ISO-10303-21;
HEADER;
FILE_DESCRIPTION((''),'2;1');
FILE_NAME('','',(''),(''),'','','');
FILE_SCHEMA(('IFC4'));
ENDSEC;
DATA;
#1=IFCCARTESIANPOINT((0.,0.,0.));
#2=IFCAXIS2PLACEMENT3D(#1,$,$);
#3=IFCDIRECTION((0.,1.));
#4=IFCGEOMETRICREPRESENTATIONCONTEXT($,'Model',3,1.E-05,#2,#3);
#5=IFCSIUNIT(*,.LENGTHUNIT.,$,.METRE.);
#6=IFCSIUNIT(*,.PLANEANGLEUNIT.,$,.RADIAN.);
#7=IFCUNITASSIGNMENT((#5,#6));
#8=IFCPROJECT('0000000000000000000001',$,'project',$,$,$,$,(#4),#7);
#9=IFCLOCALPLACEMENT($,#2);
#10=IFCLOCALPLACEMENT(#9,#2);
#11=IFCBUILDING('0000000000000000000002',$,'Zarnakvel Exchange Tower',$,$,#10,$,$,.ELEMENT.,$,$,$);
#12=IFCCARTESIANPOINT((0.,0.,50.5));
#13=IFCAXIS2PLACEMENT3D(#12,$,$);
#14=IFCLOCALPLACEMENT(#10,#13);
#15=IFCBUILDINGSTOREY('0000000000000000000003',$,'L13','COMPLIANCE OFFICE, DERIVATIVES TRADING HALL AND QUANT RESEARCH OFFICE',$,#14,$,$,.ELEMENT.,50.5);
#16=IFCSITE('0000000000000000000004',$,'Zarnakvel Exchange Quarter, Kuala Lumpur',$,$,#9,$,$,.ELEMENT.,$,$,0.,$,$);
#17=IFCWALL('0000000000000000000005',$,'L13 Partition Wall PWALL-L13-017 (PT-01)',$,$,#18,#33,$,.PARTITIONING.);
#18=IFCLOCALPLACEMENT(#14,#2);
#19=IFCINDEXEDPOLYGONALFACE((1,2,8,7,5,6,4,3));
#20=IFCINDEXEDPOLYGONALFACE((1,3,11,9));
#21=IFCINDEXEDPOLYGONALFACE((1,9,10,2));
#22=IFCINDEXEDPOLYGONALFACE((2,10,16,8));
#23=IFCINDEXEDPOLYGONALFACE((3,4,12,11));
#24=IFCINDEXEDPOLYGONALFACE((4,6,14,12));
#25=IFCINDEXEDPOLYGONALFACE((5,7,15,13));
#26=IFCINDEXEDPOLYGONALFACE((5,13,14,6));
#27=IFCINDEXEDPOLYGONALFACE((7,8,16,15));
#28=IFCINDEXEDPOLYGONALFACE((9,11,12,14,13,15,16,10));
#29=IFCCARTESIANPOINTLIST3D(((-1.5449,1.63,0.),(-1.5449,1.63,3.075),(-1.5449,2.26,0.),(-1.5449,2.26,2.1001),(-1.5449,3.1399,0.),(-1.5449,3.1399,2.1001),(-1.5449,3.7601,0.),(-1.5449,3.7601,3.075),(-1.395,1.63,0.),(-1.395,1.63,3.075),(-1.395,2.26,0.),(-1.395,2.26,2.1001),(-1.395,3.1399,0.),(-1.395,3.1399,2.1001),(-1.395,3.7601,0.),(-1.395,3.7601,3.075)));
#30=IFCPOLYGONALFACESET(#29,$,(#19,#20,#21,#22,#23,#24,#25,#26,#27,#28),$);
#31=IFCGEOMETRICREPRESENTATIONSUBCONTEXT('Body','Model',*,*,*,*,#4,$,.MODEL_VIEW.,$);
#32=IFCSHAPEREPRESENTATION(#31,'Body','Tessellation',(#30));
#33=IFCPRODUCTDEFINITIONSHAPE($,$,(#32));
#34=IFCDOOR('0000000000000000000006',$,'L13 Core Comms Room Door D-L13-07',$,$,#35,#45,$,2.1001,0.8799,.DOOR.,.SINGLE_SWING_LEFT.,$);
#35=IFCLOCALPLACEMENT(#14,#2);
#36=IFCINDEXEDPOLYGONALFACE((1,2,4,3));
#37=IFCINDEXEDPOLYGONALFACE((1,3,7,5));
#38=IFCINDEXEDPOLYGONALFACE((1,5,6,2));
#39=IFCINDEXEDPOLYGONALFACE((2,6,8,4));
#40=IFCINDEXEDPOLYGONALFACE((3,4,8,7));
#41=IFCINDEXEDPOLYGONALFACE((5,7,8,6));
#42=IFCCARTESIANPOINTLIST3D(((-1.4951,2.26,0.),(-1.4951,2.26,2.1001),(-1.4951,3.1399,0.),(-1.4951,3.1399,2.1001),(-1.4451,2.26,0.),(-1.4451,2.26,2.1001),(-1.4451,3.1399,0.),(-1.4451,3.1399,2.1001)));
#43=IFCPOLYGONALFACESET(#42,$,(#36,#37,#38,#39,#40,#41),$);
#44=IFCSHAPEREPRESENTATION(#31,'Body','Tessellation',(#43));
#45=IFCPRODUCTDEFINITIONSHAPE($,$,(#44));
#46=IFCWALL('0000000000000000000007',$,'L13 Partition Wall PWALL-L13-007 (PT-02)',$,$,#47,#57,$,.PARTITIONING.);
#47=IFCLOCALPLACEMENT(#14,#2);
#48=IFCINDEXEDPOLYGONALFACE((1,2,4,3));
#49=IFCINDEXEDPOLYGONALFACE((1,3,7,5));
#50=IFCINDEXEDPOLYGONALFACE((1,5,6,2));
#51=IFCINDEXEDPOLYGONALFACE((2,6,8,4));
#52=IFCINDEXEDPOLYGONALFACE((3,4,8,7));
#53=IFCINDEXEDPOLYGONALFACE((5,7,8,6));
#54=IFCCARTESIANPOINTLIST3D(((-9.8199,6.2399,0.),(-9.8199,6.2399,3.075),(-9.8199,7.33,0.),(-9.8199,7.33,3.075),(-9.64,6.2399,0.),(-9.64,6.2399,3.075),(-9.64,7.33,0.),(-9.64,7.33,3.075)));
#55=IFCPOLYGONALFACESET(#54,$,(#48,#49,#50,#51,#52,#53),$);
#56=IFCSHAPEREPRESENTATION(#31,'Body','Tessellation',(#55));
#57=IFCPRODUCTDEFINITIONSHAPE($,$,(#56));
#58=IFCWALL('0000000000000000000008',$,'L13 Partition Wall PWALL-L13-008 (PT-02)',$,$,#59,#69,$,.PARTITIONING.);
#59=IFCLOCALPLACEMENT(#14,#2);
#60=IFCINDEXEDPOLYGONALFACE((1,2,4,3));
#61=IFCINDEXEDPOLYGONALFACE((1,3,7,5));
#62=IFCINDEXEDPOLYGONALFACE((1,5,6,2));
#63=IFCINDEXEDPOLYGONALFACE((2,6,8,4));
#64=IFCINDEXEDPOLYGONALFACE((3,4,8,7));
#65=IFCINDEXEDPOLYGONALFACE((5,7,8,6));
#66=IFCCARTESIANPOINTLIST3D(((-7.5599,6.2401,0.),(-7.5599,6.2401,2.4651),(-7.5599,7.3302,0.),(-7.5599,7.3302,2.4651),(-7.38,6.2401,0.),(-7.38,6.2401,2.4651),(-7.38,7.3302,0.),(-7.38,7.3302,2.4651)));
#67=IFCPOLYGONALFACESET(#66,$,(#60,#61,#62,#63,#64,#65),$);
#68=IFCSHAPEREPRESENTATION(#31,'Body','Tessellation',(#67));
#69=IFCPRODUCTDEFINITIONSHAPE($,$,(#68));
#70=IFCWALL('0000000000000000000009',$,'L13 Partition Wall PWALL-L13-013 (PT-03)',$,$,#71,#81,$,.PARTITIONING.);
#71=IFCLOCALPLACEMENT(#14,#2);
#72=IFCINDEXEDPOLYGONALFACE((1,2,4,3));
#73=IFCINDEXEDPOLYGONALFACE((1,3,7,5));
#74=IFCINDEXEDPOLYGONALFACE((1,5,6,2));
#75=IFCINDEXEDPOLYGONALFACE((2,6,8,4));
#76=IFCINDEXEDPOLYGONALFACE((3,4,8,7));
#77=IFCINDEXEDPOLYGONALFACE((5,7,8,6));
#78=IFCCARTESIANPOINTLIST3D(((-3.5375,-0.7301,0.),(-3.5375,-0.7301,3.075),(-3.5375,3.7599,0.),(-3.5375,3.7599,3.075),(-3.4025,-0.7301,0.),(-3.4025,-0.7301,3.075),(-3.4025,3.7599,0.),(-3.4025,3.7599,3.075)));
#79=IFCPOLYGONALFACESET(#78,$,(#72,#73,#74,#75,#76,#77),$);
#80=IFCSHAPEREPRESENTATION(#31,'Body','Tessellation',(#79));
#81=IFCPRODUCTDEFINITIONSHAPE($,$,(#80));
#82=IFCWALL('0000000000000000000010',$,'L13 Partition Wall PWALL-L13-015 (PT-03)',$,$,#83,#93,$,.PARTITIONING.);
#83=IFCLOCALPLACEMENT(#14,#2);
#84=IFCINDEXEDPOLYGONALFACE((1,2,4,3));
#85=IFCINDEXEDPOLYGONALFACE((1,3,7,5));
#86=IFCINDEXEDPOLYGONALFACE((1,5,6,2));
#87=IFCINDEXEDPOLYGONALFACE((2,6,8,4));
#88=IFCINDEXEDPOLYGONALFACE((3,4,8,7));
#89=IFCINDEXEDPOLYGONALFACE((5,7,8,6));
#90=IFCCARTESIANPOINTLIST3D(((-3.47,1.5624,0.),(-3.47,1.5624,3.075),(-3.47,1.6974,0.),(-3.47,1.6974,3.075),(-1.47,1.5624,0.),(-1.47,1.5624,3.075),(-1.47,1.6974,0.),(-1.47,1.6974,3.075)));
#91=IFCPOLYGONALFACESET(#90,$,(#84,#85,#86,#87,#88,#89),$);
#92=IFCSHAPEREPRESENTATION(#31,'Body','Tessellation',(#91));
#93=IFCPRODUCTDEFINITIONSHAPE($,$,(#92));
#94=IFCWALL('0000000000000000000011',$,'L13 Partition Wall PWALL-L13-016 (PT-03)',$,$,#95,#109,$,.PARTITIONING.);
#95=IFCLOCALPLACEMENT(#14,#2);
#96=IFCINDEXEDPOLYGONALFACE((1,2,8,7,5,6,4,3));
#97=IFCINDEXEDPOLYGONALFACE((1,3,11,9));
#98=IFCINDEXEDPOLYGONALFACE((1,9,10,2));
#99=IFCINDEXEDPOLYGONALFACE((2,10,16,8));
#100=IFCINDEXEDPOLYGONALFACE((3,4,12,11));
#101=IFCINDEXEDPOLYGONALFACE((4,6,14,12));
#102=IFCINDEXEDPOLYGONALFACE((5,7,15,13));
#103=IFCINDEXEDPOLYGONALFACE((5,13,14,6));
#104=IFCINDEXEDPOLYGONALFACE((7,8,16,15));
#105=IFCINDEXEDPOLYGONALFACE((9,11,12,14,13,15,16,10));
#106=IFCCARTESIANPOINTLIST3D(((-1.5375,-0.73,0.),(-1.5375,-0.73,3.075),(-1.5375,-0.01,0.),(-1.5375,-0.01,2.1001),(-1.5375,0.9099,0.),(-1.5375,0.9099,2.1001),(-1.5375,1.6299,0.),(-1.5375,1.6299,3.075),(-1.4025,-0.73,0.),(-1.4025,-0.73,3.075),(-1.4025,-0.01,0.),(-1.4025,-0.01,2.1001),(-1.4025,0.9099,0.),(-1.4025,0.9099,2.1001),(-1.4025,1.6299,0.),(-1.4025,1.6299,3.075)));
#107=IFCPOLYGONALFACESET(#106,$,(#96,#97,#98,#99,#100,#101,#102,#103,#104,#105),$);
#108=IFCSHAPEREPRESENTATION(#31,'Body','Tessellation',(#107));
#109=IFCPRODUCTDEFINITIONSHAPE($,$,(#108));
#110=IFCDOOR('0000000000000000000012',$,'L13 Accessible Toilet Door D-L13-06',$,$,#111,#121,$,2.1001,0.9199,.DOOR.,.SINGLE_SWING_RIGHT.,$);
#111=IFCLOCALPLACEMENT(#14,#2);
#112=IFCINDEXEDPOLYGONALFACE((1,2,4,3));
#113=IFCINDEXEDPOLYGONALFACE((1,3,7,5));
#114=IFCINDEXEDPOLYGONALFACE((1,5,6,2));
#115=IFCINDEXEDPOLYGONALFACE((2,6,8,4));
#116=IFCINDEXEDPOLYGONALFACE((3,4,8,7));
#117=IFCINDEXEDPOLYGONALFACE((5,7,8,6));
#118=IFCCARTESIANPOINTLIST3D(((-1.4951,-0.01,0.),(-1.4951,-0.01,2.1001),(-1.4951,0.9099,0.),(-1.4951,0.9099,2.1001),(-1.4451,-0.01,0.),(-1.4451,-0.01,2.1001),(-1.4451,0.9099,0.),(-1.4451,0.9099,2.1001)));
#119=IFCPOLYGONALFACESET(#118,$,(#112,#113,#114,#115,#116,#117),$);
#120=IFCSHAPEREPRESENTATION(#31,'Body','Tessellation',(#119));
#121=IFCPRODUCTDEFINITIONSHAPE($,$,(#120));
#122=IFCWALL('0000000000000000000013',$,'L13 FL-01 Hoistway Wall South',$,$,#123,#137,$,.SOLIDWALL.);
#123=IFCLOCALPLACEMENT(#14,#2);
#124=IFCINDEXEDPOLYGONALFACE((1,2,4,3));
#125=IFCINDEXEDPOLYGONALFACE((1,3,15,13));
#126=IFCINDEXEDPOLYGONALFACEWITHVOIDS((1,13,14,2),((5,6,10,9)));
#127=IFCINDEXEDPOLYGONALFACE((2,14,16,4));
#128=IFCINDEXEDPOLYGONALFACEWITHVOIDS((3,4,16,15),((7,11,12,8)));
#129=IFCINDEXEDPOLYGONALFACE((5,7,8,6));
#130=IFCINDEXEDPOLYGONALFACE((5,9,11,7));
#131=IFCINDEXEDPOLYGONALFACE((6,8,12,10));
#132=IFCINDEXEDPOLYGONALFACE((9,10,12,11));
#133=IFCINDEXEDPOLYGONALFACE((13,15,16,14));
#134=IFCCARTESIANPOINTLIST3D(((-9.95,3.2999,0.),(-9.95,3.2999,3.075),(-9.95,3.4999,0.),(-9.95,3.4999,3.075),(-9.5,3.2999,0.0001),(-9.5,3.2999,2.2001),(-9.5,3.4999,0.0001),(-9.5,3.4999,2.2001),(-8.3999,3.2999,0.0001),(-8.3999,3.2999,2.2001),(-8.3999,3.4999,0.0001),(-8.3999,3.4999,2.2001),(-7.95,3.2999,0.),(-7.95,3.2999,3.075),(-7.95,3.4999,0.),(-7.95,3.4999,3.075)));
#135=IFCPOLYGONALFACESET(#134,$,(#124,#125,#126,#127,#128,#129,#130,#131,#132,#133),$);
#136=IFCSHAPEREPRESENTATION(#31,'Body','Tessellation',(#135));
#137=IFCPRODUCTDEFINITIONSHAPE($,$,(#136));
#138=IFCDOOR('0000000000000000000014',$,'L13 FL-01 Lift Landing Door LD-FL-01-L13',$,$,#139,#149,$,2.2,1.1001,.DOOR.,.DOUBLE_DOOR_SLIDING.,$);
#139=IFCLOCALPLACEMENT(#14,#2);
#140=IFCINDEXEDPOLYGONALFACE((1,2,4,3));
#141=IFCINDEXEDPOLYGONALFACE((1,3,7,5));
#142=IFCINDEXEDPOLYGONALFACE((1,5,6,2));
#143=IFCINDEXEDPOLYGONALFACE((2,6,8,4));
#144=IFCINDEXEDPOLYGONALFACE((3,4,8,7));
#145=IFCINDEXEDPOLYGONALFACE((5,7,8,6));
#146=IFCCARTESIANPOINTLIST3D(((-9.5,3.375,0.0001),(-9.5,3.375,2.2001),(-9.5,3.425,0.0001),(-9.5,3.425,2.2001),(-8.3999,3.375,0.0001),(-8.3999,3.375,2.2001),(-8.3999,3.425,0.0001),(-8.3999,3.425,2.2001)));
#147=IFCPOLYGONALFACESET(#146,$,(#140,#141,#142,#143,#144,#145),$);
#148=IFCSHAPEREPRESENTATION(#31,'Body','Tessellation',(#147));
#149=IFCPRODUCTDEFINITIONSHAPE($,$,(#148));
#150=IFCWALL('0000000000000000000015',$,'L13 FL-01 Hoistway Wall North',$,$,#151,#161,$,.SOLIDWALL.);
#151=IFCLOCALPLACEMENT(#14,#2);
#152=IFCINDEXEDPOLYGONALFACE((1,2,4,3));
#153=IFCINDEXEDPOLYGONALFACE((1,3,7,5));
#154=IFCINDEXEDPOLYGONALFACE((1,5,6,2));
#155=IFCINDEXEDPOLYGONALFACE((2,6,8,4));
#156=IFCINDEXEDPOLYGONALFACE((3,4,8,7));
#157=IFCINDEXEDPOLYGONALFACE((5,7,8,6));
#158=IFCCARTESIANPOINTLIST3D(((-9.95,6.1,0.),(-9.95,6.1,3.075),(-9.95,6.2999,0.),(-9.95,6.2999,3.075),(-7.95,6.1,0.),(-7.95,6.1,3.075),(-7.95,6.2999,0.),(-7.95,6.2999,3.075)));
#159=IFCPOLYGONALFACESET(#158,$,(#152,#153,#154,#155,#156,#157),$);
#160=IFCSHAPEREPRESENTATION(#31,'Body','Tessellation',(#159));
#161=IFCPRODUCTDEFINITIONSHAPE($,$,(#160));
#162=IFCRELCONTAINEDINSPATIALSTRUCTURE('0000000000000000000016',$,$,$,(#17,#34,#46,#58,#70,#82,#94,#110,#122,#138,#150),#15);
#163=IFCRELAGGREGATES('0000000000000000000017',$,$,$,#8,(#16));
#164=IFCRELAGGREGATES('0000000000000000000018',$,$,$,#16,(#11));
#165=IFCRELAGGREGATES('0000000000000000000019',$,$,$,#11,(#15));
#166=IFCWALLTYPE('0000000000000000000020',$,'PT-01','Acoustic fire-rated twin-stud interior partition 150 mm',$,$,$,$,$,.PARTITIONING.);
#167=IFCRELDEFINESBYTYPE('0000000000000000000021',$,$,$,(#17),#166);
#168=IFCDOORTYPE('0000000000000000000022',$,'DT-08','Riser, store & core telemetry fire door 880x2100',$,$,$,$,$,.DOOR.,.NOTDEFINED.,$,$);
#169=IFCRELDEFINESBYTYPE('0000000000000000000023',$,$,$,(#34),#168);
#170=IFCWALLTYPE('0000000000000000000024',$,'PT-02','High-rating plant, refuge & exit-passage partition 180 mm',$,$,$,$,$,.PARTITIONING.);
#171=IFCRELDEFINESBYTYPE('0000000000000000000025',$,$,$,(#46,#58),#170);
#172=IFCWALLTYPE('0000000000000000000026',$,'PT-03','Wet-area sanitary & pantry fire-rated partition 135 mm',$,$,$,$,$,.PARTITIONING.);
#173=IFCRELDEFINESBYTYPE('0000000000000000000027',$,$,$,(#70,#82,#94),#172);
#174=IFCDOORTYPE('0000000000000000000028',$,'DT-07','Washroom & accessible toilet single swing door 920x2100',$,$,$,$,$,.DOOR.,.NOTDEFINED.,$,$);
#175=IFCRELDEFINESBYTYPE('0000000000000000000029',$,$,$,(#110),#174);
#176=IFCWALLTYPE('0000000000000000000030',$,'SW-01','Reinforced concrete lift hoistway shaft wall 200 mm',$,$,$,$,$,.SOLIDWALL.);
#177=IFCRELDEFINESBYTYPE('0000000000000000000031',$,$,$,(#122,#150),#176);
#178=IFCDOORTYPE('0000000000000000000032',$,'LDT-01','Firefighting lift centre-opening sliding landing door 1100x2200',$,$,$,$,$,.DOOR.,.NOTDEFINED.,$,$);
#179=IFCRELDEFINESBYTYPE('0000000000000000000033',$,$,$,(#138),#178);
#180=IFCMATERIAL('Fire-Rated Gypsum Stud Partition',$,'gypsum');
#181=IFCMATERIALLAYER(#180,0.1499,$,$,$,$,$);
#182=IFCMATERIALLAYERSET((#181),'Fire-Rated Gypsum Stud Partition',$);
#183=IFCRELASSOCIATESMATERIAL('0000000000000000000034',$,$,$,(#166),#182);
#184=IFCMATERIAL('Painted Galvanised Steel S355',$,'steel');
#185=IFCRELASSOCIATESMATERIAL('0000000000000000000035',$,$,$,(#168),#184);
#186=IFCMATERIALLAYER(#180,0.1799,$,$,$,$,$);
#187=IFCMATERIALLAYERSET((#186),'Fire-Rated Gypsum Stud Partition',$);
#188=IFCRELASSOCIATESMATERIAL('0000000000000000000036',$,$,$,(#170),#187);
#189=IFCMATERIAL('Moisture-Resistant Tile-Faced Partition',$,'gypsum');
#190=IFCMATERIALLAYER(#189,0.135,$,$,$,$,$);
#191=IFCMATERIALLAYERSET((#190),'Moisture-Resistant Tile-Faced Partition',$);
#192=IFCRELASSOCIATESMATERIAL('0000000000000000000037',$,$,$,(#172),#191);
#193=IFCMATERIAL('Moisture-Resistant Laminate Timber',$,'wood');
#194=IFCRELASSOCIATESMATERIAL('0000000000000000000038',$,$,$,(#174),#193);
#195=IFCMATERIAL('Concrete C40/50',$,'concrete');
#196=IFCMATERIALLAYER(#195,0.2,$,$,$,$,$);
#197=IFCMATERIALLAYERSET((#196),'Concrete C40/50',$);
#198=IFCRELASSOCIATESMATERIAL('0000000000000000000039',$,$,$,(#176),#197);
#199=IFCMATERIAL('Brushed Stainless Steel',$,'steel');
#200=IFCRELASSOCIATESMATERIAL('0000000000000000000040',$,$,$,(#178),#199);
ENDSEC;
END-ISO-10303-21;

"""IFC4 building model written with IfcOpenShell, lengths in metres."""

from ifc_helpers import new_model, si_unit, direction, frame, frame_2d, origin, place, context, subcontext, project, spatial, rectangle, extrude, source, transform, mapped, material, layer, layer_set, type_object, element, fill, save


model = new_model("IFC4")

# Units and contexts
model_context = context("Model", 3, precision=1e-05, world=origin(), true_north=direction((0.0, 1.0)))
body_context = subcontext(model_context, "Body", "Model", "MODEL_VIEW")
ifc_project = project(units=[si_unit("LENGTHUNIT", "METRE"), si_unit("PLANEANGLEUNIT", "RADIAN")], contexts=[model_context])

# Site, building, storey
site_placement = place(None, origin())
site = spatial("IfcSite", under=ifc_project, at=site_placement, Name="Zarnakvel Exchange Quarter, Kuala Lumpur", CompositionType="ELEMENT", RefElevation=0.0)
building_placement = place(site_placement, origin())
building = spatial("IfcBuilding", under=site, at=building_placement, Name="Zarnakvel Exchange Tower", CompositionType="ELEMENT")
storey_placement = place(building_placement, frame((0.0, 0.0, 50.5)))
storey = spatial("IfcBuildingStorey", under=building, at=storey_placement, Name="L13", Description="COMPLIANCE OFFICE, DERIVATIVES TRADING HALL AND QUANT RESEARCH OFFICE", CompositionType="ELEMENT", Elevation=50.5)

# Wall, opening, door
ifc_material_1 = material(Name="Fire-Rated Gypsum Stud Partition", Category="gypsum")
ifc_layer_1 = layer(ifc_material_1, 0.1499)
ifc_layer_set_1 = layer_set([ifc_layer_1], Name="Fire-Rated Gypsum Stud Partition")
wall_type_1 = type_object("IfcWallType", Name="PT-01", Description="Acoustic fire-rated twin-stud interior partition 150 mm", PredefinedType="PARTITIONING", material=ifc_layer_set_1)
wall_1_placement = place(storey_placement, frame((-1.47, 3.76, 0.0), z_axis=(0.0, 0.0, 1.0), x_axis=(0.0, -1.0, 0.0)))
wall_1 = element("IfcWall", 1, at=wall_1_placement, inside=storey, type_object=wall_type_1, Name="L13 Partition Wall PWALL-L13-017 (PT-01)", PredefinedType="PARTITIONING", context=body_context, shape_type="SweptSolid", body=[
    extrude(rectangle(XDim=2.1301, YDim=0.1499, at=frame_2d((1.0649, 0.0))), origin(), (0.0, 0.0, 1.0), 3.075),
])
opening_1_placement = place(wall_1_placement, frame((0.6201, 0.0, 0.0)))
opening_1 = element("IfcOpeningElement", 2, at=opening_1_placement, cuts=wall_1, PredefinedType="OPENING", context=body_context, shape_type="SweptSolid", body=[
    extrude(rectangle(XDim=0.8799, YDim=2.1001, at=frame_2d((0.4399, 1.05))), frame((0.0, 0.085, 0.0), z_axis=(0.0, -1.0, 0.0), x_axis=(1.0, 0.0, 0.0)), (0.0, 0.0, 1.0), 0.1699),
])
ifc_material_2 = material(Name="Painted Galvanised Steel S355", Category="steel")
door_type_1 = type_object("IfcDoorType", Name="DT-08", Description="Riser, store & core telemetry fire door 880x2100", OperationType="NOTDEFINED", PredefinedType="DOOR", material=ifc_material_2)
shared_shape_1 = source(origin(), body_context, "Body", "SweptSolid", [
    extrude(rectangle(XDim=0.8799, YDim=2.1001, at=frame_2d((0.4399, 1.05))), frame((0.0, 0.0249, 0.0), z_axis=(0.0, -1.0, 0.0), x_axis=(1.0, 0.0, 0.0)), (0.0, 0.0, 1.0), 0.05),
])
door_1_placement = place(opening_1_placement, origin())
door_1 = element("IfcDoor", 3, at=door_1_placement, inside=storey, type_object=door_type_1, Name="L13 Core Comms Room Door D-L13-07", OperationType="SINGLE_SWING_LEFT", OverallHeight=2.1001, OverallWidth=0.8799, PredefinedType="DOOR", context=body_context, shape_type="MappedRepresentation", body=[
    mapped(shared_shape_1, transform((0.0, 0.0, 0.0), x_axis=(1.0, 0.0, 0.0), y_axis=(0.0, 1.0, 0.0), z_axis=(0.0, 0.0, 1.0), scale=1.0)),
])
fill(opening_1, door_1)

# Walls
ifc_layer_2 = layer(ifc_material_1, 0.1799)
ifc_layer_set_2 = layer_set([ifc_layer_2], Name="Fire-Rated Gypsum Stud Partition")
wall_type_2 = type_object("IfcWallType", Name="PT-02", Description="High-rating plant, refuge & exit-passage partition 180 mm", PredefinedType="PARTITIONING", material=ifc_layer_set_2)
wall_2_placement = place(storey_placement, frame((-9.73, 6.24, 0.0), z_axis=(0.0, 0.0, 1.0), x_axis=(0.0, 1.0, 0.0)))
element("IfcWall", 4, at=wall_2_placement, inside=storey, type_object=wall_type_2, Name="L13 Partition Wall PWALL-L13-007 (PT-02)", PredefinedType="PARTITIONING", context=body_context, shape_type="SweptSolid", body=[
    extrude(rectangle(XDim=1.0901, YDim=0.1799, at=frame_2d((0.5449, 0.0))), origin(), (0.0, 0.0, 1.0), 3.075),
])
wall_3_placement = place(storey_placement, frame((-7.47, 7.3301, 0.0), z_axis=(0.0, 0.0, 1.0), x_axis=(0.0, -1.0, 0.0)))
element("IfcWall", 5, at=wall_3_placement, inside=storey, type_object=wall_type_2, Name="L13 Partition Wall PWALL-L13-008 (PT-02)", PredefinedType="PARTITIONING", context=body_context, shape_type="SweptSolid", body=[
    extrude(rectangle(XDim=1.0901, YDim=0.1799, at=frame_2d((0.5449, 0.0))), origin(), (0.0, 0.0, 1.0), 2.4651),
])
ifc_material_3 = material(Name="Moisture-Resistant Tile-Faced Partition", Category="gypsum")
ifc_layer_3 = layer(ifc_material_3, 0.135)
ifc_layer_set_3 = layer_set([ifc_layer_3], Name="Moisture-Resistant Tile-Faced Partition")
wall_type_3 = type_object("IfcWallType", Name="PT-03", Description="Wet-area sanitary & pantry fire-rated partition 135 mm", PredefinedType="PARTITIONING", material=ifc_layer_set_3)
wall_4_placement = place(storey_placement, frame((-3.47, 3.76, 0.0), z_axis=(0.0, 0.0, 1.0), x_axis=(0.0, -1.0, 0.0)))
element("IfcWall", 6, at=wall_4_placement, inside=storey, type_object=wall_type_3, Name="L13 Partition Wall PWALL-L13-013 (PT-03)", PredefinedType="PARTITIONING", context=body_context, shape_type="SweptSolid", body=[
    extrude(rectangle(XDim=4.49, YDim=0.135, at=frame_2d((2.2451, 0.0))), origin(), (0.0, 0.0, 1.0), 3.075),
])
wall_5_placement = place(storey_placement, frame((-3.47, 1.6299, 0.0), z_axis=(0.0, 0.0, 1.0), x_axis=(1.0, 0.0, 0.0)))
element("IfcWall", 7, at=wall_5_placement, inside=storey, type_object=wall_type_3, Name="L13 Partition Wall PWALL-L13-015 (PT-03)", PredefinedType="PARTITIONING", context=body_context, shape_type="SweptSolid", body=[
    extrude(rectangle(XDim=2.0, YDim=0.135, at=frame_2d((1.0, 0.0))), origin(), (0.0, 0.0, 1.0), 3.075),
])

# Walls, openings, doors
wall_6_placement = place(storey_placement, frame((-1.47, 1.6299, 0.0), z_axis=(0.0, 0.0, 1.0), x_axis=(0.0, -1.0, 0.0)))
wall_6 = element("IfcWall", 8, at=wall_6_placement, inside=storey, type_object=wall_type_3, Name="L13 Partition Wall PWALL-L13-016 (PT-03)", PredefinedType="PARTITIONING", context=body_context, shape_type="SweptSolid", body=[
    extrude(rectangle(XDim=2.3599, YDim=0.135, at=frame_2d((1.1799, 0.0))), origin(), (0.0, 0.0, 1.0), 3.075),
])
opening_2_placement = place(wall_6_placement, frame((0.72, 0.0, 0.0)))
opening_2 = element("IfcOpeningElement", 9, at=opening_2_placement, cuts=wall_6, PredefinedType="OPENING", context=body_context, shape_type="SweptSolid", body=[
    extrude(rectangle(XDim=0.9199, YDim=2.1001, at=frame_2d((0.46, 1.05))), frame((0.0, 0.0774, 0.0), z_axis=(0.0, -1.0, 0.0), x_axis=(1.0, 0.0, 0.0)), (0.0, 0.0, 1.0), 0.155),
])
ifc_material_4 = material(Name="Moisture-Resistant Laminate Timber", Category="wood")
door_type_2 = type_object("IfcDoorType", Name="DT-07", Description="Washroom & accessible toilet single swing door 920x2100", OperationType="NOTDEFINED", PredefinedType="DOOR", material=ifc_material_4)
shared_shape_2 = source(origin(), body_context, "Body", "SweptSolid", [
    extrude(rectangle(XDim=0.9199, YDim=2.1001, at=frame_2d((0.46, 1.05))), frame((0.0, 0.0249, 0.0), z_axis=(0.0, -1.0, 0.0), x_axis=(1.0, 0.0, 0.0)), (0.0, 0.0, 1.0), 0.05),
])
door_2_placement = place(opening_2_placement, origin())
door_2 = element("IfcDoor", 10, at=door_2_placement, inside=storey, type_object=door_type_2, Name="L13 Accessible Toilet Door D-L13-06", OperationType="SINGLE_SWING_RIGHT", OverallHeight=2.1001, OverallWidth=0.9199, PredefinedType="DOOR", context=body_context, shape_type="MappedRepresentation", body=[
    mapped(shared_shape_2, transform((0.0, 0.0, 0.0), x_axis=(1.0, 0.0, 0.0), y_axis=(0.0, 1.0, 0.0), z_axis=(0.0, 0.0, 1.0), scale=1.0)),
])
fill(opening_2, door_2)
ifc_material_5 = material(Name="Concrete C40/50", Category="concrete")
ifc_layer_4 = layer(ifc_material_5, 0.2)
ifc_layer_set_4 = layer_set([ifc_layer_4], Name="Concrete C40/50")
wall_type_4 = type_object("IfcWallType", Name="SW-01", Description="Reinforced concrete lift hoistway shaft wall 200 mm", PredefinedType="SOLIDWALL", material=ifc_layer_set_4)
wall_7_placement = place(storey_placement, frame((-7.95, 3.3999, 0.0), z_axis=(0.0, 0.0, 1.0), x_axis=(-1.0, 0.0, 0.0)))
wall_7 = element("IfcWall", 11, at=wall_7_placement, inside=storey, type_object=wall_type_4, Name="L13 FL-01 Hoistway Wall South", PredefinedType="SOLIDWALL", context=body_context, shape_type="SweptSolid", body=[
    extrude(rectangle(XDim=2.0, YDim=0.2, at=frame_2d((1.0, 0.0))), origin(), (0.0, 0.0, 1.0), 3.075),
])
opening_3_placement = place(wall_7_placement, frame((0.45, 0.0, 0.0)))
opening_3 = element("IfcOpeningElement", 12, at=opening_3_placement, cuts=wall_7, PredefinedType="OPENING", context=body_context, shape_type="SweptSolid", body=[
    extrude(rectangle(XDim=1.1001, YDim=2.2, at=frame_2d((0.55, 1.1001))), frame((0.0, 0.1099, 0.0), z_axis=(0.0, -1.0, 0.0), x_axis=(1.0, 0.0, 0.0)), (0.0, 0.0, 1.0), 0.22),
])
ifc_material_6 = material(Name="Brushed Stainless Steel", Category="steel")
door_type_3 = type_object("IfcDoorType", Name="LDT-01", Description="Firefighting lift centre-opening sliding landing door 1100x2200", OperationType="NOTDEFINED", PredefinedType="DOOR", material=ifc_material_6)
shared_shape_3 = source(origin(), body_context, "Body", "SweptSolid", [
    extrude(rectangle(XDim=1.1001, YDim=2.2, at=frame_2d((0.55, 1.1001))), frame((0.0, 0.0249, 0.0), z_axis=(0.0, -1.0, 0.0), x_axis=(1.0, 0.0, 0.0)), (0.0, 0.0, 1.0), 0.05),
])
door_3_placement = place(opening_3_placement, origin())
door_3 = element("IfcDoor", 13, at=door_3_placement, inside=storey, type_object=door_type_3, Name="L13 FL-01 Lift Landing Door LD-FL-01-L13", OperationType="DOUBLE_DOOR_SLIDING", OverallHeight=2.2, OverallWidth=1.1001, PredefinedType="DOOR", context=body_context, shape_type="MappedRepresentation", body=[
    mapped(shared_shape_3, transform((0.0, 0.0, 0.0), x_axis=(1.0, 0.0, 0.0), y_axis=(0.0, 1.0, 0.0), z_axis=(0.0, 0.0, 1.0), scale=1.0)),
])
fill(opening_3, door_3)

# Wall
wall_8_placement = place(storey_placement, frame((-9.95, 6.2, 0.0), z_axis=(0.0, 0.0, 1.0), x_axis=(1.0, 0.0, 0.0)))
element("IfcWall", 14, at=wall_8_placement, inside=storey, type_object=wall_type_4, Name="L13 FL-01 Hoistway Wall North", PredefinedType="SOLIDWALL", context=body_context, shape_type="SweptSolid", body=[
    extrude(rectangle(XDim=2.0, YDim=0.2, at=frame_2d((1.0, 0.0))), origin(), (0.0, 0.0, 1.0), 3.075),
])

save(model, "model.ifc")
